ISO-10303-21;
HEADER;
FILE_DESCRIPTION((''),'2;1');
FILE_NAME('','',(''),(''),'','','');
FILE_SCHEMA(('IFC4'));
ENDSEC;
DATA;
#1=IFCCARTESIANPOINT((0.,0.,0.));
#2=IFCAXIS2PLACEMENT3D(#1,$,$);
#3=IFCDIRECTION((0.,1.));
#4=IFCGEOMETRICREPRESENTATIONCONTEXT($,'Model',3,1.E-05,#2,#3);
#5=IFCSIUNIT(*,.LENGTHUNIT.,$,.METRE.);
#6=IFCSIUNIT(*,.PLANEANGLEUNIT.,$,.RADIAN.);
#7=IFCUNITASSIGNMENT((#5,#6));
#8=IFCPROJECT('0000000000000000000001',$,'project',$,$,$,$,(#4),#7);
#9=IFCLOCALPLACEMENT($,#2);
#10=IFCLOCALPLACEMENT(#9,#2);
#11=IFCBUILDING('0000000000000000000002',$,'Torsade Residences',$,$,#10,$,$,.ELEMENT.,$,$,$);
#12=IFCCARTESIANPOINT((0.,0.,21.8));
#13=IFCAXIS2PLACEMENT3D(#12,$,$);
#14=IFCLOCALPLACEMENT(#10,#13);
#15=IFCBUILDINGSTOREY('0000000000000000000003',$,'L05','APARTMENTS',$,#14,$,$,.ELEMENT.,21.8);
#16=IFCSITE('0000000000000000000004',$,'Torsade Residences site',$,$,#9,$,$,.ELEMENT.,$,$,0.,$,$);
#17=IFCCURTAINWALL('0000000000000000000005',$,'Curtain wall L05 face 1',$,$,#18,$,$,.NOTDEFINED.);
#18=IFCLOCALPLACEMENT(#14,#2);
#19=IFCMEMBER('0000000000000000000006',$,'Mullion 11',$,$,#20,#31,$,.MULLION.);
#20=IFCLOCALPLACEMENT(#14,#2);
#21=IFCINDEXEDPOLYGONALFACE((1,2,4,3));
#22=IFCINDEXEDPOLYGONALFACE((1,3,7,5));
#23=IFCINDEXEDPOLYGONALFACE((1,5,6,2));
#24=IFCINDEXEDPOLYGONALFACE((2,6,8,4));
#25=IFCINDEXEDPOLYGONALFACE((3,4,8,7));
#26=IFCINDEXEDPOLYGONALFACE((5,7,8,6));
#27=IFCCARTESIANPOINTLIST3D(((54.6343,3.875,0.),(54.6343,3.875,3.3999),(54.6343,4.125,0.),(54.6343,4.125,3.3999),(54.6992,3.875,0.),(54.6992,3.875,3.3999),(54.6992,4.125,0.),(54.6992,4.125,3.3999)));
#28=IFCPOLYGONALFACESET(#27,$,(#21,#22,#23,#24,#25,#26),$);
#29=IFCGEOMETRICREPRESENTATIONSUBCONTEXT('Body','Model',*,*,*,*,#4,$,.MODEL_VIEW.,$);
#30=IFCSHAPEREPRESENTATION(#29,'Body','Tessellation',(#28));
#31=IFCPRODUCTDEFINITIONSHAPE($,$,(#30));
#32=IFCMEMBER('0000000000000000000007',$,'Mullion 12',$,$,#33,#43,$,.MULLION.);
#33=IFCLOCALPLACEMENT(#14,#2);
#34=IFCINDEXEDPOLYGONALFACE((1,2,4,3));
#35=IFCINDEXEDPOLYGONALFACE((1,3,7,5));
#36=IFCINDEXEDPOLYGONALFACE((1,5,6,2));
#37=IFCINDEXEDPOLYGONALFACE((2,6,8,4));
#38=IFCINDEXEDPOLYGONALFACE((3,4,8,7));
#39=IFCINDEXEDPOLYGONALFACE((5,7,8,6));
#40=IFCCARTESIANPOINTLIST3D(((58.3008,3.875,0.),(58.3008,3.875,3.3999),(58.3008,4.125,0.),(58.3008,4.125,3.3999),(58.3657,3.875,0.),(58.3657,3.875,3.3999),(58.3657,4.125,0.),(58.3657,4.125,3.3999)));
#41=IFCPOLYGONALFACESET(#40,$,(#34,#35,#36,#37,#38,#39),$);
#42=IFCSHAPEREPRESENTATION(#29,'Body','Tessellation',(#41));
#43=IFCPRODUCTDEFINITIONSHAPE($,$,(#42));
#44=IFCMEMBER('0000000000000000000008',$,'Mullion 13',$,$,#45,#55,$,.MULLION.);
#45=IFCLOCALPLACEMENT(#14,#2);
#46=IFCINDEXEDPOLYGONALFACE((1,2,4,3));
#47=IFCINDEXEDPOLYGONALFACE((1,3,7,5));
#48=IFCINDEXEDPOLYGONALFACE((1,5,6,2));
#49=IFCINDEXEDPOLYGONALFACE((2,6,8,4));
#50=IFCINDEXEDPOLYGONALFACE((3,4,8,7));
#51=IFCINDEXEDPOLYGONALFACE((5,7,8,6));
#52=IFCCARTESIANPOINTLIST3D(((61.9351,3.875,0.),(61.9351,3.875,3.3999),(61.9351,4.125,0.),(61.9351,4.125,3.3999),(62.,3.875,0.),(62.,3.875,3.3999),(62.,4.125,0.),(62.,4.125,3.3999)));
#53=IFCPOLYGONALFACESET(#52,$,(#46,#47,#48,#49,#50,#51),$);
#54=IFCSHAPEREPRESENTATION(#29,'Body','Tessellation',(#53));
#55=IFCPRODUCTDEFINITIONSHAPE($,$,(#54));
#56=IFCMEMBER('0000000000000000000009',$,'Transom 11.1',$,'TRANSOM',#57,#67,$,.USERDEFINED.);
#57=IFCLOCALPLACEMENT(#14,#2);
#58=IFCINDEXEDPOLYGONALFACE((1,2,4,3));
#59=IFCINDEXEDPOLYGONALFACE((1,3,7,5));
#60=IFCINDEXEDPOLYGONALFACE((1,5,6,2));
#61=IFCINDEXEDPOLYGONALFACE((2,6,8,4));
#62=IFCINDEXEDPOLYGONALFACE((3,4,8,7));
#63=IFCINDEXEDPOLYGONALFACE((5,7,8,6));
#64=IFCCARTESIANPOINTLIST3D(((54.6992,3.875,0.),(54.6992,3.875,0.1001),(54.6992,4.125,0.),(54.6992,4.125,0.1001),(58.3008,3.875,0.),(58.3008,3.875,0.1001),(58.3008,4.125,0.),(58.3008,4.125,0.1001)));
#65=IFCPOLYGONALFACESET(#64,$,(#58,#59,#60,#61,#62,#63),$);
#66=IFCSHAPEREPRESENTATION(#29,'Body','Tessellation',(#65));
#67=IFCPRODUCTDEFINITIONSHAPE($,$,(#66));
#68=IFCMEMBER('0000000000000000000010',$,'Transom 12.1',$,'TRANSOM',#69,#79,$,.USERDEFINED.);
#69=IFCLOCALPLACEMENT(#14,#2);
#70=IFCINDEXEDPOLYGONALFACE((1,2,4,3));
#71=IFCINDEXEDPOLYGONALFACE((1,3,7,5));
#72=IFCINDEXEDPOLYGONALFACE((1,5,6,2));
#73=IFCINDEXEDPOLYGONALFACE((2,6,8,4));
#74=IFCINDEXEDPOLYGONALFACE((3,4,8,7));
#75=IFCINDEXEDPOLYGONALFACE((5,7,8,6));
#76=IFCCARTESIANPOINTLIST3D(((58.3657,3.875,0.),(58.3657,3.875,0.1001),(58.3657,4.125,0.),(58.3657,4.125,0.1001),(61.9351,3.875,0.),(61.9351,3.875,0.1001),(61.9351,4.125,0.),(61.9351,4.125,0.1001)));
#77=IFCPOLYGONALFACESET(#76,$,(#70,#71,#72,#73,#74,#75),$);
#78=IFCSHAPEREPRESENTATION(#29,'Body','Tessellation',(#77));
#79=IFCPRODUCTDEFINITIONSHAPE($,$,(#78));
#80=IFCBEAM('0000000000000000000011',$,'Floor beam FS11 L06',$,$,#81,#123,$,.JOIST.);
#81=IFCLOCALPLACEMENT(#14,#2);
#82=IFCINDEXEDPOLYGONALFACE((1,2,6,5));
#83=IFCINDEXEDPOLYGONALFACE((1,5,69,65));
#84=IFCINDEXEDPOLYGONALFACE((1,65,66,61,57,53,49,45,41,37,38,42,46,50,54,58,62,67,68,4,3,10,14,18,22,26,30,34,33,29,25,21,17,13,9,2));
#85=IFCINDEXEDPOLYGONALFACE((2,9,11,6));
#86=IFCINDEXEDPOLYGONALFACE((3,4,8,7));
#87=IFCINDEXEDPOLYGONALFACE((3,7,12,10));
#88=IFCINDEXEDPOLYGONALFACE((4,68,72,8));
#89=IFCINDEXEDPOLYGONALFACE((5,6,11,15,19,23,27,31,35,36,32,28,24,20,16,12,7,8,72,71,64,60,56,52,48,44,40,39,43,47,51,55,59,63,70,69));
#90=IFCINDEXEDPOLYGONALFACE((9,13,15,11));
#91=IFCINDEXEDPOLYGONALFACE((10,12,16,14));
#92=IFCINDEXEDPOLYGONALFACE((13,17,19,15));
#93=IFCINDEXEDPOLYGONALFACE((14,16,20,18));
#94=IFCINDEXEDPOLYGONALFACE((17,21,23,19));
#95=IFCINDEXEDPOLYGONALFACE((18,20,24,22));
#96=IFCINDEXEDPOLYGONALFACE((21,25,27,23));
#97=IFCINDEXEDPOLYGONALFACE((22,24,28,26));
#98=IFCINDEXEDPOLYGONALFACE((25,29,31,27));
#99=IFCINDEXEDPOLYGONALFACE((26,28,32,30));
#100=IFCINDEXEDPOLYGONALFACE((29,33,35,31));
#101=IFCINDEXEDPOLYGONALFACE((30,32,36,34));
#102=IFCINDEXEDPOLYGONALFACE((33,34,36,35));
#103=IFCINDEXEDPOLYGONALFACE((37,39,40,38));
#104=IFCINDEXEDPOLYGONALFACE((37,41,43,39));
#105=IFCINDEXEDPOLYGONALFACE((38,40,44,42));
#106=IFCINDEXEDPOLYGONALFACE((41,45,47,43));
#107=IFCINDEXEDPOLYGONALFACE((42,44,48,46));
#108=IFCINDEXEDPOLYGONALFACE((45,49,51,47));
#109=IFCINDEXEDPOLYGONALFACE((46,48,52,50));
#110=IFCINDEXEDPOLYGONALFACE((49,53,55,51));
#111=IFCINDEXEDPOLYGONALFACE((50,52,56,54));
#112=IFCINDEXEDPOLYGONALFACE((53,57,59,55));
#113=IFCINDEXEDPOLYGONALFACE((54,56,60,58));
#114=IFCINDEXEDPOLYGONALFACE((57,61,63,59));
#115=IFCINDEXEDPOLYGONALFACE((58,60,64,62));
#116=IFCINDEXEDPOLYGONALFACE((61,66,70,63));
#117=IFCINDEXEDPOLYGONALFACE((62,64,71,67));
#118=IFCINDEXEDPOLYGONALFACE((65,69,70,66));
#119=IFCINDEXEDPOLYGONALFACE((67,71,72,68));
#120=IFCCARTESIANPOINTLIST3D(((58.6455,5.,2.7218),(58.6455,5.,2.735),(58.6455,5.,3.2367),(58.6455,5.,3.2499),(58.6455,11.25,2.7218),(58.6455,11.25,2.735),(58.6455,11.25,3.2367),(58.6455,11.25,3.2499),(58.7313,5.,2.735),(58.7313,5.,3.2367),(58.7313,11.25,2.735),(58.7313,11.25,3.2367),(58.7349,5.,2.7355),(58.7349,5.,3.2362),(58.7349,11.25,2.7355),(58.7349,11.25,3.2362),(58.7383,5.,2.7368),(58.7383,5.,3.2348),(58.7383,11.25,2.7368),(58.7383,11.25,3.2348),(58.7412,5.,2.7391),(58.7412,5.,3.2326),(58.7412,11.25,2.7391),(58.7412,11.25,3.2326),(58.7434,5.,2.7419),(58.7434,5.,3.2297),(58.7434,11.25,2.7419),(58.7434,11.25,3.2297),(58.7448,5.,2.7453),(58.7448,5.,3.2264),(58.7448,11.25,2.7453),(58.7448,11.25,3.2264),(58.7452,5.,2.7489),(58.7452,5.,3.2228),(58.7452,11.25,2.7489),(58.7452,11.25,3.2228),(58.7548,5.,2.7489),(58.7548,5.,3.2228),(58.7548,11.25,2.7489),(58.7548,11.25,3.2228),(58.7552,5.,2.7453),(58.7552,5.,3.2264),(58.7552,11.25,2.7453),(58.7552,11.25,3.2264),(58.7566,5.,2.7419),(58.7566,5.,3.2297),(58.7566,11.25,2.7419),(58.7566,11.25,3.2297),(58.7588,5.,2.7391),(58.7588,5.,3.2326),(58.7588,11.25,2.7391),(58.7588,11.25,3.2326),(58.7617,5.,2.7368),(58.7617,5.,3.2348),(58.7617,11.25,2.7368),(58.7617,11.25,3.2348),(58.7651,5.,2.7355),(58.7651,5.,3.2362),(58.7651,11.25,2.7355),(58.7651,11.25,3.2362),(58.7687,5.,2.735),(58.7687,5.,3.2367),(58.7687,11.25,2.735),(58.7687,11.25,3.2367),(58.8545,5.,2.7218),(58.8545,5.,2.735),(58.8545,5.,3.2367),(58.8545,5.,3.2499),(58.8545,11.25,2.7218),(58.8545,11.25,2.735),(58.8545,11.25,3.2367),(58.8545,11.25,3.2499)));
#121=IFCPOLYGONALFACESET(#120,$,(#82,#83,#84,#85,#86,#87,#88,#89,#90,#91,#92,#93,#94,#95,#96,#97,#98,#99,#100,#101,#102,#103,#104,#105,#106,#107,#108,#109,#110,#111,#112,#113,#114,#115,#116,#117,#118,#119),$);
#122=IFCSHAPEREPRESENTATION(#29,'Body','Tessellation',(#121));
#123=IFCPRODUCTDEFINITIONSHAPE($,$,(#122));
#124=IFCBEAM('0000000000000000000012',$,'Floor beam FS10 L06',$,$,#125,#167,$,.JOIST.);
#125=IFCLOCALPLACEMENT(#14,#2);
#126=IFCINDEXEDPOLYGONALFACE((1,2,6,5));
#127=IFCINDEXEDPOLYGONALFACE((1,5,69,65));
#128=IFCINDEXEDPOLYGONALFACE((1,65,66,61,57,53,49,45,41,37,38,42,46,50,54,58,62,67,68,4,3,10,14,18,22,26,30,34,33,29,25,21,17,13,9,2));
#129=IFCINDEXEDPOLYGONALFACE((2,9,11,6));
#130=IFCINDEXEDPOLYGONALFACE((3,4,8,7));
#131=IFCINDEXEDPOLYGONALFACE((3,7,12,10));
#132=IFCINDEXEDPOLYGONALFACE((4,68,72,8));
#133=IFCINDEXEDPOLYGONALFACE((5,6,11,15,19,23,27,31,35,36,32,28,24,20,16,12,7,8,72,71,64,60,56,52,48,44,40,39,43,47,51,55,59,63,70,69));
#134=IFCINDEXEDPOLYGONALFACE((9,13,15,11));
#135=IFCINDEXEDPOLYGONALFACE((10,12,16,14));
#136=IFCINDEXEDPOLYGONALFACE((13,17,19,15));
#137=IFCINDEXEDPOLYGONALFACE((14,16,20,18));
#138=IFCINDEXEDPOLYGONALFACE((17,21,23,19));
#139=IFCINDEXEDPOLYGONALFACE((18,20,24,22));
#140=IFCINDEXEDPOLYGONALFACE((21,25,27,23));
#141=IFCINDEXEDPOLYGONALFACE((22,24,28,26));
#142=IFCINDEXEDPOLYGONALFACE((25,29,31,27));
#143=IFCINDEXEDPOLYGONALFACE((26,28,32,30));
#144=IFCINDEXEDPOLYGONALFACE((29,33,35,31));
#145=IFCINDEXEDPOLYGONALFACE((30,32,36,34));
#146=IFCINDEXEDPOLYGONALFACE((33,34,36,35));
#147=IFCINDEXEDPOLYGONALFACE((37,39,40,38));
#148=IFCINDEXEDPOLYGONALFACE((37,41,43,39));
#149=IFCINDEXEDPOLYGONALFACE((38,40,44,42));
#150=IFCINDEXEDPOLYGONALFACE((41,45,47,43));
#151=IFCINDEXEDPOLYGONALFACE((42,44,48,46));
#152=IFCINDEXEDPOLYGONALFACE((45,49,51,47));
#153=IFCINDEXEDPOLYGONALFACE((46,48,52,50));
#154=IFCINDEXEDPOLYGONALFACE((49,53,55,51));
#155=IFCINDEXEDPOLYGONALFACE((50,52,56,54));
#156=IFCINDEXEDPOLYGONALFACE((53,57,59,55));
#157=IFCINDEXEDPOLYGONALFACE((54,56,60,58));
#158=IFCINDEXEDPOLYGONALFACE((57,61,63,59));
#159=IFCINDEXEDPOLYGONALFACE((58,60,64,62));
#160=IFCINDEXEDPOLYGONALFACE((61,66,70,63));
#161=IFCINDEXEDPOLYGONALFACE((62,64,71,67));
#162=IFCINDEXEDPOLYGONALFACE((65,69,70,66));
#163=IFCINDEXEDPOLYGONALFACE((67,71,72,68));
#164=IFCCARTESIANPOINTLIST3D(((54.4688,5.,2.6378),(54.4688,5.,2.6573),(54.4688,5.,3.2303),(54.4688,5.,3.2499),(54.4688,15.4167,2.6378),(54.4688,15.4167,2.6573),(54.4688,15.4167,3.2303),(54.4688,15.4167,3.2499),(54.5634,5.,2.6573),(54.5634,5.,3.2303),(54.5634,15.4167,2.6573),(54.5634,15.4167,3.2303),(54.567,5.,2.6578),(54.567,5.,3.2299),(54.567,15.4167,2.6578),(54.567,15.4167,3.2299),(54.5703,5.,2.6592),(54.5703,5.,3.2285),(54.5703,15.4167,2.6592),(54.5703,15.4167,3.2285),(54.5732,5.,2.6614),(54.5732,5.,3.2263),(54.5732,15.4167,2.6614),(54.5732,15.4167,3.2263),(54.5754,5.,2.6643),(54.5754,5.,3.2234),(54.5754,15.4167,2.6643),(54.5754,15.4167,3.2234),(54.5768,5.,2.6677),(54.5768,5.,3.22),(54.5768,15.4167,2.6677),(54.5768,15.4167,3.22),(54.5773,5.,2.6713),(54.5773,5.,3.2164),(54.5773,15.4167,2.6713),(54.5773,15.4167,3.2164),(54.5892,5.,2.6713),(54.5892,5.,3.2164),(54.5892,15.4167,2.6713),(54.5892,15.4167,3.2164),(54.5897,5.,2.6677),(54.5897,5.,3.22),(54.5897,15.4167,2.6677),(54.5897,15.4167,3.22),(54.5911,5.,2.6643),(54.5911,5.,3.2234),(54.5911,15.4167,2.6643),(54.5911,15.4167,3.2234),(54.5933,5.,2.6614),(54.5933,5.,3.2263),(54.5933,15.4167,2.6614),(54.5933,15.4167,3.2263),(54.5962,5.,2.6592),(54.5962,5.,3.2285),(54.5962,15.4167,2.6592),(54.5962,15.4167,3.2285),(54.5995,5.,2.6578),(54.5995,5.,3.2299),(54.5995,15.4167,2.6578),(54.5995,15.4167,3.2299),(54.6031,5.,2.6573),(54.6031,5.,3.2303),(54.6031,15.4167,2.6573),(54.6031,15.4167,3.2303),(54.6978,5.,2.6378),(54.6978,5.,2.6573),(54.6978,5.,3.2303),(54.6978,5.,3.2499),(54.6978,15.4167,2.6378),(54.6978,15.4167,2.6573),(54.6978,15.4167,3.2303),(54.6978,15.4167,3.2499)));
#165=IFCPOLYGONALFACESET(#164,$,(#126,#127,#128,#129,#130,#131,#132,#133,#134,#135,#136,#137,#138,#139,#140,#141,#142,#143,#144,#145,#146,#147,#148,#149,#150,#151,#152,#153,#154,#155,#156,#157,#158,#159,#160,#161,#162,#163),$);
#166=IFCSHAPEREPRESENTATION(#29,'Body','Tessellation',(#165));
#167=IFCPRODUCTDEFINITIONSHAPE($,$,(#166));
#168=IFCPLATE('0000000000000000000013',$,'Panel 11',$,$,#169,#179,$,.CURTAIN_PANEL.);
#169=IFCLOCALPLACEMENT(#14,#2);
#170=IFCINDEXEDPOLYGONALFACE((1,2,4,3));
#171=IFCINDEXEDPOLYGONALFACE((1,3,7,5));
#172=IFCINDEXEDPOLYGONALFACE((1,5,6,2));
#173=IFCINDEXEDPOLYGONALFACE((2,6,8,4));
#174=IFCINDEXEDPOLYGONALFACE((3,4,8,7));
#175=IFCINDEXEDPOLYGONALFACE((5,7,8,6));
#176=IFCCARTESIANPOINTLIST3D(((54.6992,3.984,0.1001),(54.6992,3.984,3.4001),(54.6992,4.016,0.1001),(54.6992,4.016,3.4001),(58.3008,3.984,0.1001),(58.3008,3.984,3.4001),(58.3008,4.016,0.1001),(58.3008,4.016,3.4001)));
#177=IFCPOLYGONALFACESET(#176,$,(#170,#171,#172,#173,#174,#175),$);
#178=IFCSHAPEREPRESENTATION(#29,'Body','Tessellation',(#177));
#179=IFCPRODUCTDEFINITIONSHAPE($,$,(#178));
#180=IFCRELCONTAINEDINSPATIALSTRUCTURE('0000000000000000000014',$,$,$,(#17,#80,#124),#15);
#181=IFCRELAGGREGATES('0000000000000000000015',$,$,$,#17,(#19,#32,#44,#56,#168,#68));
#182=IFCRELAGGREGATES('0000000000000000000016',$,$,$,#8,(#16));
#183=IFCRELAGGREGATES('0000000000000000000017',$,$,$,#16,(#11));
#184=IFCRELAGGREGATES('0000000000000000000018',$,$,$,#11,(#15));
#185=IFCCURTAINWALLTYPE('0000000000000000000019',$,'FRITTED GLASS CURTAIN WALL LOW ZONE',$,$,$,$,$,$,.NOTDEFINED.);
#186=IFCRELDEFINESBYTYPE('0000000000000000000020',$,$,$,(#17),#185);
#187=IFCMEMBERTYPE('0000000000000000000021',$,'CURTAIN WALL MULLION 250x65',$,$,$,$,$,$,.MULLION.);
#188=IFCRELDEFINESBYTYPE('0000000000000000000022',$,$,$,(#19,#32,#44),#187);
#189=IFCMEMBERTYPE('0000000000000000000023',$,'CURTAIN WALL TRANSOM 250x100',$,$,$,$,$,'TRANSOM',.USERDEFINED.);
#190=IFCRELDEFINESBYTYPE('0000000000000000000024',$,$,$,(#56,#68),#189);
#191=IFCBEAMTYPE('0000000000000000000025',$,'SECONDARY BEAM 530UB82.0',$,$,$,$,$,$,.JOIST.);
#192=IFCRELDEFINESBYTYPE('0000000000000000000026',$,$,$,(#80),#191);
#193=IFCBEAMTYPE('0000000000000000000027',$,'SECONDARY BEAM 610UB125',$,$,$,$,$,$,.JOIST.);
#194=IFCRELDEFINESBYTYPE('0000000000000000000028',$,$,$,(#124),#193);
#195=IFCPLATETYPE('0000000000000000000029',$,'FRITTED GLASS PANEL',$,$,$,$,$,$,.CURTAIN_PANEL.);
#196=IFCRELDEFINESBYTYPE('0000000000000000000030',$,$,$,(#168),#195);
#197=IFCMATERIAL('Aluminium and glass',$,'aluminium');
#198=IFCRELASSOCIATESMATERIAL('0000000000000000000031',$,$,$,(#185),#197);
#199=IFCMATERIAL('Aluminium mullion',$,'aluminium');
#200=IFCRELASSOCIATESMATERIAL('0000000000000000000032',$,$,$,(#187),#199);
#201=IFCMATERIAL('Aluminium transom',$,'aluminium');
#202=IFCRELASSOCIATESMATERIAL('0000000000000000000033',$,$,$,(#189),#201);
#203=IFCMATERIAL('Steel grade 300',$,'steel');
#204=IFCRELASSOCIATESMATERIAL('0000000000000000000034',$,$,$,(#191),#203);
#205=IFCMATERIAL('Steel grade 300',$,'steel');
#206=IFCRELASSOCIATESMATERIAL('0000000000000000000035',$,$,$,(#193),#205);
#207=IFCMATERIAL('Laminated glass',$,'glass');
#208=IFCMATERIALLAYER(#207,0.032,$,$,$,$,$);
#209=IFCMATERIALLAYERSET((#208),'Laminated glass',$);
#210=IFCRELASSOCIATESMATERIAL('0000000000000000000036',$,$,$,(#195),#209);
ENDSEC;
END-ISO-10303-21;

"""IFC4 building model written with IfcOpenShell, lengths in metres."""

from ifc_helpers import new_model, si_unit, direction, frame, origin, origin_2d, place, context, subcontext, project, spatial, rectangle, i_section, extrude, material, layer, layer_set, material_profile, profile_set, type_object, element, aggregate, save


model = new_model("IFC4")

# Units and contexts
model_context = context("Model", 3, precision=1e-05, world=origin(), true_north=direction((0.0, 1.0)))
body_context = subcontext(model_context, "Body", "Model", "MODEL_VIEW")
ifc_project = project(units=[si_unit("LENGTHUNIT", "METRE"), si_unit("PLANEANGLEUNIT", "RADIAN")], contexts=[model_context])

# Site, building, storey
site_placement = place(None, origin())
site = spatial("IfcSite", under=ifc_project, at=site_placement, Name="Torsade Residences site", CompositionType="ELEMENT", RefElevation=0.0)
building_placement = place(site_placement, origin())
building = spatial("IfcBuilding", under=site, at=building_placement, Name="Torsade Residences", CompositionType="ELEMENT")
storey_placement = place(building_placement, frame((0.0, 0.0, 21.8)))
storey = spatial("IfcBuildingStorey", under=building, at=storey_placement, Name="L05", Description="APARTMENTS", CompositionType="ELEMENT", Elevation=21.8)

# Curtain wall, members
ifc_material_1 = material(Name="Aluminium and glass", Category="aluminium")
curtain_wall_type = type_object("IfcCurtainWallType", Name="FRITTED GLASS CURTAIN WALL LOW ZONE", PredefinedType="NOTDEFINED", material=ifc_material_1)
curtain_wall_placement = place(storey_placement, origin())
curtain_wall = element("IfcCurtainWall", 1, at=curtain_wall_placement, inside=storey, type_object=curtain_wall_type, Name="Curtain wall L05 face 1", PredefinedType="NOTDEFINED")
ifc_material_2 = material(Name="Aluminium mullion", Category="aluminium")
ifc_material_profile_1 = material_profile(ifc_material_2, rectangle(XDim=0.25, YDim=0.0649, at=origin_2d()), Name="CURTAIN WALL MULLION 250x65")
ifc_profile_set_1 = profile_set([ifc_material_profile_1], Name="Aluminium mullion")
member_type_1 = type_object("IfcMemberType", Name="CURTAIN WALL MULLION 250x65", PredefinedType="MULLION", material=ifc_profile_set_1)
member_1_placement = place(storey_placement, frame((54.6667, 4.0, 0.0), z_axis=(0.0, 0.0, 1.0), x_axis=(0.0, 1.0, 0.0)))
member_1 = element("IfcMember", 2, at=member_1_placement, type_object=member_type_1, Name="Mullion 11", PredefinedType="MULLION", context=body_context, shape_type="SweptSolid", body=[
    extrude(rectangle(XDim=0.25, YDim=0.0649, at=origin_2d()), origin(), (0.0, 0.0, 1.0), 3.3999),
])
member_2_placement = place(storey_placement, frame((58.3333, 4.0, 0.0), z_axis=(0.0, 0.0, 1.0), x_axis=(0.0, 1.0, 0.0)))
member_2 = element("IfcMember", 3, at=member_2_placement, type_object=member_type_1, Name="Mullion 12", PredefinedType="MULLION", context=body_context, shape_type="SweptSolid", body=[
    extrude(rectangle(XDim=0.25, YDim=0.0649, at=origin_2d()), origin(), (0.0, 0.0, 1.0), 3.3999),
])
member_3_placement = place(storey_placement, frame((61.9675, 4.0, 0.0), z_axis=(0.0, 0.0, 1.0), x_axis=(0.0, 1.0, 0.0)))
member_3 = element("IfcMember", 4, at=member_3_placement, type_object=member_type_1, Name="Mullion 13", PredefinedType="MULLION", context=body_context, shape_type="SweptSolid", body=[
    extrude(rectangle(XDim=0.25, YDim=0.0649, at=origin_2d()), origin(), (0.0, 0.0, 1.0), 3.3999),
])
ifc_material_3 = material(Name="Aluminium transom", Category="aluminium")
ifc_material_profile_2 = material_profile(ifc_material_3, rectangle(XDim=0.25, YDim=0.1001, at=origin_2d()), Name="CURTAIN WALL TRANSOM 250x100")
ifc_profile_set_2 = profile_set([ifc_material_profile_2], Name="Aluminium transom")
member_type_2 = type_object("IfcMemberType", Name="CURTAIN WALL TRANSOM 250x100", ElementType="TRANSOM", PredefinedType="USERDEFINED", material=ifc_profile_set_2)
member_4_placement = place(storey_placement, frame((54.6992, 4.0, 0.05), z_axis=(1.0, 0.0, 0.0), x_axis=(0.0, 1.0, 0.0)))
member_4 = element("IfcMember", 5, at=member_4_placement, type_object=member_type_2, Name="Transom 11.1", ObjectType="TRANSOM", PredefinedType="USERDEFINED", context=body_context, shape_type="SweptSolid", body=[
    extrude(rectangle(XDim=0.25, YDim=0.1001, at=origin_2d()), origin(), (0.0, 0.0, 1.0), 3.6016),
])
member_5_placement = place(storey_placement, frame((58.3657, 4.0, 0.05), z_axis=(1.0, 0.0, 0.0), x_axis=(0.0, 1.0, 0.0)))
member_5 = element("IfcMember", 6, at=member_5_placement, type_object=member_type_2, Name="Transom 12.1", ObjectType="TRANSOM", PredefinedType="USERDEFINED", context=body_context, shape_type="SweptSolid", body=[
    extrude(rectangle(XDim=0.25, YDim=0.1001, at=origin_2d()), origin(), (0.0, 0.0, 1.0), 3.5693),
])

# Beams
ifc_material_4 = material(Name="Steel grade 300", Category="steel")
ifc_material_profile_3 = material_profile(ifc_material_4, i_section(OverallWidth=0.209, OverallDepth=0.5281, WebThickness=0.0095, FlangeThickness=0.0132, FilletRadius=0.0139, at=origin_2d()), Name="530UB82.0")
ifc_profile_set_3 = profile_set([ifc_material_profile_3], Name="Steel grade 300")
beam_type_1 = type_object("IfcBeamType", Name="SECONDARY BEAM 530UB82.0", PredefinedType="JOIST", material=ifc_profile_set_3)
beam_1_placement = place(storey_placement, frame((58.75, 5.0, 2.9858), z_axis=(0.0, 1.0, 0.0), x_axis=(-1.0, 0.0, 0.0)))
element("IfcBeam", 7, at=beam_1_placement, inside=storey, type_object=beam_type_1, Name="Floor beam FS11 L06", PredefinedType="JOIST", context=body_context, shape_type="SweptSolid", body=[
    extrude(i_section(OverallWidth=0.209, OverallDepth=0.5281, WebThickness=0.0095, FlangeThickness=0.0132, FilletRadius=0.0139, at=origin_2d()), origin(), (0.0, 0.0, 1.0), 6.25),
])
ifc_material_5 = material(Name="Steel grade 300", Category="steel")
ifc_material_profile_4 = material_profile(ifc_material_5, i_section(OverallWidth=0.229, OverallDepth=0.6121, WebThickness=0.012, FlangeThickness=0.0195, FilletRadius=0.0139, at=origin_2d()), Name="610UB125")
ifc_profile_set_4 = profile_set([ifc_material_profile_4], Name="Steel grade 300")
beam_type_2 = type_object("IfcBeamType", Name="SECONDARY BEAM 610UB125", PredefinedType="JOIST", material=ifc_profile_set_4)
beam_2_placement = place(storey_placement, frame((54.5833, 5.0, 2.9438), z_axis=(0.0, 1.0, 0.0), x_axis=(-1.0, 0.0, 0.0)))
element("IfcBeam", 8, at=beam_2_placement, inside=storey, type_object=beam_type_2, Name="Floor beam FS10 L06", PredefinedType="JOIST", context=body_context, shape_type="SweptSolid", body=[
    extrude(i_section(OverallWidth=0.229, OverallDepth=0.6121, WebThickness=0.012, FlangeThickness=0.0195, FilletRadius=0.0139, at=origin_2d()), origin(), (0.0, 0.0, 1.0), 10.4167),
])

# Plate
ifc_material_6 = material(Name="Laminated glass", Category="glass")
ifc_layer_1 = layer(ifc_material_6, 0.032)
ifc_layer_set_1 = layer_set([ifc_layer_1], Name="Laminated glass")
plate_type = type_object("IfcPlateType", Name="FRITTED GLASS PANEL", PredefinedType="CURTAIN_PANEL", material=ifc_layer_set_1)
plate_1_placement = place(storey_placement, frame((56.5, 4.0, 0.1001), z_axis=(0.0, 0.0, 1.0), x_axis=(1.0, 0.0, 0.0)))
plate_1 = element("IfcPlate", 9, at=plate_1_placement, type_object=plate_type, Name="Panel 11", PredefinedType="CURTAIN_PANEL", context=body_context, shape_type="SweptSolid", body=[
    extrude(rectangle(XDim=3.6016, YDim=0.032, at=origin_2d()), origin(), (0.0, 0.0, 1.0), 3.3),
])
aggregate(curtain_wall, [member_1, member_2, member_3, member_4, plate_1, member_5])

save(model, "model.ifc")
